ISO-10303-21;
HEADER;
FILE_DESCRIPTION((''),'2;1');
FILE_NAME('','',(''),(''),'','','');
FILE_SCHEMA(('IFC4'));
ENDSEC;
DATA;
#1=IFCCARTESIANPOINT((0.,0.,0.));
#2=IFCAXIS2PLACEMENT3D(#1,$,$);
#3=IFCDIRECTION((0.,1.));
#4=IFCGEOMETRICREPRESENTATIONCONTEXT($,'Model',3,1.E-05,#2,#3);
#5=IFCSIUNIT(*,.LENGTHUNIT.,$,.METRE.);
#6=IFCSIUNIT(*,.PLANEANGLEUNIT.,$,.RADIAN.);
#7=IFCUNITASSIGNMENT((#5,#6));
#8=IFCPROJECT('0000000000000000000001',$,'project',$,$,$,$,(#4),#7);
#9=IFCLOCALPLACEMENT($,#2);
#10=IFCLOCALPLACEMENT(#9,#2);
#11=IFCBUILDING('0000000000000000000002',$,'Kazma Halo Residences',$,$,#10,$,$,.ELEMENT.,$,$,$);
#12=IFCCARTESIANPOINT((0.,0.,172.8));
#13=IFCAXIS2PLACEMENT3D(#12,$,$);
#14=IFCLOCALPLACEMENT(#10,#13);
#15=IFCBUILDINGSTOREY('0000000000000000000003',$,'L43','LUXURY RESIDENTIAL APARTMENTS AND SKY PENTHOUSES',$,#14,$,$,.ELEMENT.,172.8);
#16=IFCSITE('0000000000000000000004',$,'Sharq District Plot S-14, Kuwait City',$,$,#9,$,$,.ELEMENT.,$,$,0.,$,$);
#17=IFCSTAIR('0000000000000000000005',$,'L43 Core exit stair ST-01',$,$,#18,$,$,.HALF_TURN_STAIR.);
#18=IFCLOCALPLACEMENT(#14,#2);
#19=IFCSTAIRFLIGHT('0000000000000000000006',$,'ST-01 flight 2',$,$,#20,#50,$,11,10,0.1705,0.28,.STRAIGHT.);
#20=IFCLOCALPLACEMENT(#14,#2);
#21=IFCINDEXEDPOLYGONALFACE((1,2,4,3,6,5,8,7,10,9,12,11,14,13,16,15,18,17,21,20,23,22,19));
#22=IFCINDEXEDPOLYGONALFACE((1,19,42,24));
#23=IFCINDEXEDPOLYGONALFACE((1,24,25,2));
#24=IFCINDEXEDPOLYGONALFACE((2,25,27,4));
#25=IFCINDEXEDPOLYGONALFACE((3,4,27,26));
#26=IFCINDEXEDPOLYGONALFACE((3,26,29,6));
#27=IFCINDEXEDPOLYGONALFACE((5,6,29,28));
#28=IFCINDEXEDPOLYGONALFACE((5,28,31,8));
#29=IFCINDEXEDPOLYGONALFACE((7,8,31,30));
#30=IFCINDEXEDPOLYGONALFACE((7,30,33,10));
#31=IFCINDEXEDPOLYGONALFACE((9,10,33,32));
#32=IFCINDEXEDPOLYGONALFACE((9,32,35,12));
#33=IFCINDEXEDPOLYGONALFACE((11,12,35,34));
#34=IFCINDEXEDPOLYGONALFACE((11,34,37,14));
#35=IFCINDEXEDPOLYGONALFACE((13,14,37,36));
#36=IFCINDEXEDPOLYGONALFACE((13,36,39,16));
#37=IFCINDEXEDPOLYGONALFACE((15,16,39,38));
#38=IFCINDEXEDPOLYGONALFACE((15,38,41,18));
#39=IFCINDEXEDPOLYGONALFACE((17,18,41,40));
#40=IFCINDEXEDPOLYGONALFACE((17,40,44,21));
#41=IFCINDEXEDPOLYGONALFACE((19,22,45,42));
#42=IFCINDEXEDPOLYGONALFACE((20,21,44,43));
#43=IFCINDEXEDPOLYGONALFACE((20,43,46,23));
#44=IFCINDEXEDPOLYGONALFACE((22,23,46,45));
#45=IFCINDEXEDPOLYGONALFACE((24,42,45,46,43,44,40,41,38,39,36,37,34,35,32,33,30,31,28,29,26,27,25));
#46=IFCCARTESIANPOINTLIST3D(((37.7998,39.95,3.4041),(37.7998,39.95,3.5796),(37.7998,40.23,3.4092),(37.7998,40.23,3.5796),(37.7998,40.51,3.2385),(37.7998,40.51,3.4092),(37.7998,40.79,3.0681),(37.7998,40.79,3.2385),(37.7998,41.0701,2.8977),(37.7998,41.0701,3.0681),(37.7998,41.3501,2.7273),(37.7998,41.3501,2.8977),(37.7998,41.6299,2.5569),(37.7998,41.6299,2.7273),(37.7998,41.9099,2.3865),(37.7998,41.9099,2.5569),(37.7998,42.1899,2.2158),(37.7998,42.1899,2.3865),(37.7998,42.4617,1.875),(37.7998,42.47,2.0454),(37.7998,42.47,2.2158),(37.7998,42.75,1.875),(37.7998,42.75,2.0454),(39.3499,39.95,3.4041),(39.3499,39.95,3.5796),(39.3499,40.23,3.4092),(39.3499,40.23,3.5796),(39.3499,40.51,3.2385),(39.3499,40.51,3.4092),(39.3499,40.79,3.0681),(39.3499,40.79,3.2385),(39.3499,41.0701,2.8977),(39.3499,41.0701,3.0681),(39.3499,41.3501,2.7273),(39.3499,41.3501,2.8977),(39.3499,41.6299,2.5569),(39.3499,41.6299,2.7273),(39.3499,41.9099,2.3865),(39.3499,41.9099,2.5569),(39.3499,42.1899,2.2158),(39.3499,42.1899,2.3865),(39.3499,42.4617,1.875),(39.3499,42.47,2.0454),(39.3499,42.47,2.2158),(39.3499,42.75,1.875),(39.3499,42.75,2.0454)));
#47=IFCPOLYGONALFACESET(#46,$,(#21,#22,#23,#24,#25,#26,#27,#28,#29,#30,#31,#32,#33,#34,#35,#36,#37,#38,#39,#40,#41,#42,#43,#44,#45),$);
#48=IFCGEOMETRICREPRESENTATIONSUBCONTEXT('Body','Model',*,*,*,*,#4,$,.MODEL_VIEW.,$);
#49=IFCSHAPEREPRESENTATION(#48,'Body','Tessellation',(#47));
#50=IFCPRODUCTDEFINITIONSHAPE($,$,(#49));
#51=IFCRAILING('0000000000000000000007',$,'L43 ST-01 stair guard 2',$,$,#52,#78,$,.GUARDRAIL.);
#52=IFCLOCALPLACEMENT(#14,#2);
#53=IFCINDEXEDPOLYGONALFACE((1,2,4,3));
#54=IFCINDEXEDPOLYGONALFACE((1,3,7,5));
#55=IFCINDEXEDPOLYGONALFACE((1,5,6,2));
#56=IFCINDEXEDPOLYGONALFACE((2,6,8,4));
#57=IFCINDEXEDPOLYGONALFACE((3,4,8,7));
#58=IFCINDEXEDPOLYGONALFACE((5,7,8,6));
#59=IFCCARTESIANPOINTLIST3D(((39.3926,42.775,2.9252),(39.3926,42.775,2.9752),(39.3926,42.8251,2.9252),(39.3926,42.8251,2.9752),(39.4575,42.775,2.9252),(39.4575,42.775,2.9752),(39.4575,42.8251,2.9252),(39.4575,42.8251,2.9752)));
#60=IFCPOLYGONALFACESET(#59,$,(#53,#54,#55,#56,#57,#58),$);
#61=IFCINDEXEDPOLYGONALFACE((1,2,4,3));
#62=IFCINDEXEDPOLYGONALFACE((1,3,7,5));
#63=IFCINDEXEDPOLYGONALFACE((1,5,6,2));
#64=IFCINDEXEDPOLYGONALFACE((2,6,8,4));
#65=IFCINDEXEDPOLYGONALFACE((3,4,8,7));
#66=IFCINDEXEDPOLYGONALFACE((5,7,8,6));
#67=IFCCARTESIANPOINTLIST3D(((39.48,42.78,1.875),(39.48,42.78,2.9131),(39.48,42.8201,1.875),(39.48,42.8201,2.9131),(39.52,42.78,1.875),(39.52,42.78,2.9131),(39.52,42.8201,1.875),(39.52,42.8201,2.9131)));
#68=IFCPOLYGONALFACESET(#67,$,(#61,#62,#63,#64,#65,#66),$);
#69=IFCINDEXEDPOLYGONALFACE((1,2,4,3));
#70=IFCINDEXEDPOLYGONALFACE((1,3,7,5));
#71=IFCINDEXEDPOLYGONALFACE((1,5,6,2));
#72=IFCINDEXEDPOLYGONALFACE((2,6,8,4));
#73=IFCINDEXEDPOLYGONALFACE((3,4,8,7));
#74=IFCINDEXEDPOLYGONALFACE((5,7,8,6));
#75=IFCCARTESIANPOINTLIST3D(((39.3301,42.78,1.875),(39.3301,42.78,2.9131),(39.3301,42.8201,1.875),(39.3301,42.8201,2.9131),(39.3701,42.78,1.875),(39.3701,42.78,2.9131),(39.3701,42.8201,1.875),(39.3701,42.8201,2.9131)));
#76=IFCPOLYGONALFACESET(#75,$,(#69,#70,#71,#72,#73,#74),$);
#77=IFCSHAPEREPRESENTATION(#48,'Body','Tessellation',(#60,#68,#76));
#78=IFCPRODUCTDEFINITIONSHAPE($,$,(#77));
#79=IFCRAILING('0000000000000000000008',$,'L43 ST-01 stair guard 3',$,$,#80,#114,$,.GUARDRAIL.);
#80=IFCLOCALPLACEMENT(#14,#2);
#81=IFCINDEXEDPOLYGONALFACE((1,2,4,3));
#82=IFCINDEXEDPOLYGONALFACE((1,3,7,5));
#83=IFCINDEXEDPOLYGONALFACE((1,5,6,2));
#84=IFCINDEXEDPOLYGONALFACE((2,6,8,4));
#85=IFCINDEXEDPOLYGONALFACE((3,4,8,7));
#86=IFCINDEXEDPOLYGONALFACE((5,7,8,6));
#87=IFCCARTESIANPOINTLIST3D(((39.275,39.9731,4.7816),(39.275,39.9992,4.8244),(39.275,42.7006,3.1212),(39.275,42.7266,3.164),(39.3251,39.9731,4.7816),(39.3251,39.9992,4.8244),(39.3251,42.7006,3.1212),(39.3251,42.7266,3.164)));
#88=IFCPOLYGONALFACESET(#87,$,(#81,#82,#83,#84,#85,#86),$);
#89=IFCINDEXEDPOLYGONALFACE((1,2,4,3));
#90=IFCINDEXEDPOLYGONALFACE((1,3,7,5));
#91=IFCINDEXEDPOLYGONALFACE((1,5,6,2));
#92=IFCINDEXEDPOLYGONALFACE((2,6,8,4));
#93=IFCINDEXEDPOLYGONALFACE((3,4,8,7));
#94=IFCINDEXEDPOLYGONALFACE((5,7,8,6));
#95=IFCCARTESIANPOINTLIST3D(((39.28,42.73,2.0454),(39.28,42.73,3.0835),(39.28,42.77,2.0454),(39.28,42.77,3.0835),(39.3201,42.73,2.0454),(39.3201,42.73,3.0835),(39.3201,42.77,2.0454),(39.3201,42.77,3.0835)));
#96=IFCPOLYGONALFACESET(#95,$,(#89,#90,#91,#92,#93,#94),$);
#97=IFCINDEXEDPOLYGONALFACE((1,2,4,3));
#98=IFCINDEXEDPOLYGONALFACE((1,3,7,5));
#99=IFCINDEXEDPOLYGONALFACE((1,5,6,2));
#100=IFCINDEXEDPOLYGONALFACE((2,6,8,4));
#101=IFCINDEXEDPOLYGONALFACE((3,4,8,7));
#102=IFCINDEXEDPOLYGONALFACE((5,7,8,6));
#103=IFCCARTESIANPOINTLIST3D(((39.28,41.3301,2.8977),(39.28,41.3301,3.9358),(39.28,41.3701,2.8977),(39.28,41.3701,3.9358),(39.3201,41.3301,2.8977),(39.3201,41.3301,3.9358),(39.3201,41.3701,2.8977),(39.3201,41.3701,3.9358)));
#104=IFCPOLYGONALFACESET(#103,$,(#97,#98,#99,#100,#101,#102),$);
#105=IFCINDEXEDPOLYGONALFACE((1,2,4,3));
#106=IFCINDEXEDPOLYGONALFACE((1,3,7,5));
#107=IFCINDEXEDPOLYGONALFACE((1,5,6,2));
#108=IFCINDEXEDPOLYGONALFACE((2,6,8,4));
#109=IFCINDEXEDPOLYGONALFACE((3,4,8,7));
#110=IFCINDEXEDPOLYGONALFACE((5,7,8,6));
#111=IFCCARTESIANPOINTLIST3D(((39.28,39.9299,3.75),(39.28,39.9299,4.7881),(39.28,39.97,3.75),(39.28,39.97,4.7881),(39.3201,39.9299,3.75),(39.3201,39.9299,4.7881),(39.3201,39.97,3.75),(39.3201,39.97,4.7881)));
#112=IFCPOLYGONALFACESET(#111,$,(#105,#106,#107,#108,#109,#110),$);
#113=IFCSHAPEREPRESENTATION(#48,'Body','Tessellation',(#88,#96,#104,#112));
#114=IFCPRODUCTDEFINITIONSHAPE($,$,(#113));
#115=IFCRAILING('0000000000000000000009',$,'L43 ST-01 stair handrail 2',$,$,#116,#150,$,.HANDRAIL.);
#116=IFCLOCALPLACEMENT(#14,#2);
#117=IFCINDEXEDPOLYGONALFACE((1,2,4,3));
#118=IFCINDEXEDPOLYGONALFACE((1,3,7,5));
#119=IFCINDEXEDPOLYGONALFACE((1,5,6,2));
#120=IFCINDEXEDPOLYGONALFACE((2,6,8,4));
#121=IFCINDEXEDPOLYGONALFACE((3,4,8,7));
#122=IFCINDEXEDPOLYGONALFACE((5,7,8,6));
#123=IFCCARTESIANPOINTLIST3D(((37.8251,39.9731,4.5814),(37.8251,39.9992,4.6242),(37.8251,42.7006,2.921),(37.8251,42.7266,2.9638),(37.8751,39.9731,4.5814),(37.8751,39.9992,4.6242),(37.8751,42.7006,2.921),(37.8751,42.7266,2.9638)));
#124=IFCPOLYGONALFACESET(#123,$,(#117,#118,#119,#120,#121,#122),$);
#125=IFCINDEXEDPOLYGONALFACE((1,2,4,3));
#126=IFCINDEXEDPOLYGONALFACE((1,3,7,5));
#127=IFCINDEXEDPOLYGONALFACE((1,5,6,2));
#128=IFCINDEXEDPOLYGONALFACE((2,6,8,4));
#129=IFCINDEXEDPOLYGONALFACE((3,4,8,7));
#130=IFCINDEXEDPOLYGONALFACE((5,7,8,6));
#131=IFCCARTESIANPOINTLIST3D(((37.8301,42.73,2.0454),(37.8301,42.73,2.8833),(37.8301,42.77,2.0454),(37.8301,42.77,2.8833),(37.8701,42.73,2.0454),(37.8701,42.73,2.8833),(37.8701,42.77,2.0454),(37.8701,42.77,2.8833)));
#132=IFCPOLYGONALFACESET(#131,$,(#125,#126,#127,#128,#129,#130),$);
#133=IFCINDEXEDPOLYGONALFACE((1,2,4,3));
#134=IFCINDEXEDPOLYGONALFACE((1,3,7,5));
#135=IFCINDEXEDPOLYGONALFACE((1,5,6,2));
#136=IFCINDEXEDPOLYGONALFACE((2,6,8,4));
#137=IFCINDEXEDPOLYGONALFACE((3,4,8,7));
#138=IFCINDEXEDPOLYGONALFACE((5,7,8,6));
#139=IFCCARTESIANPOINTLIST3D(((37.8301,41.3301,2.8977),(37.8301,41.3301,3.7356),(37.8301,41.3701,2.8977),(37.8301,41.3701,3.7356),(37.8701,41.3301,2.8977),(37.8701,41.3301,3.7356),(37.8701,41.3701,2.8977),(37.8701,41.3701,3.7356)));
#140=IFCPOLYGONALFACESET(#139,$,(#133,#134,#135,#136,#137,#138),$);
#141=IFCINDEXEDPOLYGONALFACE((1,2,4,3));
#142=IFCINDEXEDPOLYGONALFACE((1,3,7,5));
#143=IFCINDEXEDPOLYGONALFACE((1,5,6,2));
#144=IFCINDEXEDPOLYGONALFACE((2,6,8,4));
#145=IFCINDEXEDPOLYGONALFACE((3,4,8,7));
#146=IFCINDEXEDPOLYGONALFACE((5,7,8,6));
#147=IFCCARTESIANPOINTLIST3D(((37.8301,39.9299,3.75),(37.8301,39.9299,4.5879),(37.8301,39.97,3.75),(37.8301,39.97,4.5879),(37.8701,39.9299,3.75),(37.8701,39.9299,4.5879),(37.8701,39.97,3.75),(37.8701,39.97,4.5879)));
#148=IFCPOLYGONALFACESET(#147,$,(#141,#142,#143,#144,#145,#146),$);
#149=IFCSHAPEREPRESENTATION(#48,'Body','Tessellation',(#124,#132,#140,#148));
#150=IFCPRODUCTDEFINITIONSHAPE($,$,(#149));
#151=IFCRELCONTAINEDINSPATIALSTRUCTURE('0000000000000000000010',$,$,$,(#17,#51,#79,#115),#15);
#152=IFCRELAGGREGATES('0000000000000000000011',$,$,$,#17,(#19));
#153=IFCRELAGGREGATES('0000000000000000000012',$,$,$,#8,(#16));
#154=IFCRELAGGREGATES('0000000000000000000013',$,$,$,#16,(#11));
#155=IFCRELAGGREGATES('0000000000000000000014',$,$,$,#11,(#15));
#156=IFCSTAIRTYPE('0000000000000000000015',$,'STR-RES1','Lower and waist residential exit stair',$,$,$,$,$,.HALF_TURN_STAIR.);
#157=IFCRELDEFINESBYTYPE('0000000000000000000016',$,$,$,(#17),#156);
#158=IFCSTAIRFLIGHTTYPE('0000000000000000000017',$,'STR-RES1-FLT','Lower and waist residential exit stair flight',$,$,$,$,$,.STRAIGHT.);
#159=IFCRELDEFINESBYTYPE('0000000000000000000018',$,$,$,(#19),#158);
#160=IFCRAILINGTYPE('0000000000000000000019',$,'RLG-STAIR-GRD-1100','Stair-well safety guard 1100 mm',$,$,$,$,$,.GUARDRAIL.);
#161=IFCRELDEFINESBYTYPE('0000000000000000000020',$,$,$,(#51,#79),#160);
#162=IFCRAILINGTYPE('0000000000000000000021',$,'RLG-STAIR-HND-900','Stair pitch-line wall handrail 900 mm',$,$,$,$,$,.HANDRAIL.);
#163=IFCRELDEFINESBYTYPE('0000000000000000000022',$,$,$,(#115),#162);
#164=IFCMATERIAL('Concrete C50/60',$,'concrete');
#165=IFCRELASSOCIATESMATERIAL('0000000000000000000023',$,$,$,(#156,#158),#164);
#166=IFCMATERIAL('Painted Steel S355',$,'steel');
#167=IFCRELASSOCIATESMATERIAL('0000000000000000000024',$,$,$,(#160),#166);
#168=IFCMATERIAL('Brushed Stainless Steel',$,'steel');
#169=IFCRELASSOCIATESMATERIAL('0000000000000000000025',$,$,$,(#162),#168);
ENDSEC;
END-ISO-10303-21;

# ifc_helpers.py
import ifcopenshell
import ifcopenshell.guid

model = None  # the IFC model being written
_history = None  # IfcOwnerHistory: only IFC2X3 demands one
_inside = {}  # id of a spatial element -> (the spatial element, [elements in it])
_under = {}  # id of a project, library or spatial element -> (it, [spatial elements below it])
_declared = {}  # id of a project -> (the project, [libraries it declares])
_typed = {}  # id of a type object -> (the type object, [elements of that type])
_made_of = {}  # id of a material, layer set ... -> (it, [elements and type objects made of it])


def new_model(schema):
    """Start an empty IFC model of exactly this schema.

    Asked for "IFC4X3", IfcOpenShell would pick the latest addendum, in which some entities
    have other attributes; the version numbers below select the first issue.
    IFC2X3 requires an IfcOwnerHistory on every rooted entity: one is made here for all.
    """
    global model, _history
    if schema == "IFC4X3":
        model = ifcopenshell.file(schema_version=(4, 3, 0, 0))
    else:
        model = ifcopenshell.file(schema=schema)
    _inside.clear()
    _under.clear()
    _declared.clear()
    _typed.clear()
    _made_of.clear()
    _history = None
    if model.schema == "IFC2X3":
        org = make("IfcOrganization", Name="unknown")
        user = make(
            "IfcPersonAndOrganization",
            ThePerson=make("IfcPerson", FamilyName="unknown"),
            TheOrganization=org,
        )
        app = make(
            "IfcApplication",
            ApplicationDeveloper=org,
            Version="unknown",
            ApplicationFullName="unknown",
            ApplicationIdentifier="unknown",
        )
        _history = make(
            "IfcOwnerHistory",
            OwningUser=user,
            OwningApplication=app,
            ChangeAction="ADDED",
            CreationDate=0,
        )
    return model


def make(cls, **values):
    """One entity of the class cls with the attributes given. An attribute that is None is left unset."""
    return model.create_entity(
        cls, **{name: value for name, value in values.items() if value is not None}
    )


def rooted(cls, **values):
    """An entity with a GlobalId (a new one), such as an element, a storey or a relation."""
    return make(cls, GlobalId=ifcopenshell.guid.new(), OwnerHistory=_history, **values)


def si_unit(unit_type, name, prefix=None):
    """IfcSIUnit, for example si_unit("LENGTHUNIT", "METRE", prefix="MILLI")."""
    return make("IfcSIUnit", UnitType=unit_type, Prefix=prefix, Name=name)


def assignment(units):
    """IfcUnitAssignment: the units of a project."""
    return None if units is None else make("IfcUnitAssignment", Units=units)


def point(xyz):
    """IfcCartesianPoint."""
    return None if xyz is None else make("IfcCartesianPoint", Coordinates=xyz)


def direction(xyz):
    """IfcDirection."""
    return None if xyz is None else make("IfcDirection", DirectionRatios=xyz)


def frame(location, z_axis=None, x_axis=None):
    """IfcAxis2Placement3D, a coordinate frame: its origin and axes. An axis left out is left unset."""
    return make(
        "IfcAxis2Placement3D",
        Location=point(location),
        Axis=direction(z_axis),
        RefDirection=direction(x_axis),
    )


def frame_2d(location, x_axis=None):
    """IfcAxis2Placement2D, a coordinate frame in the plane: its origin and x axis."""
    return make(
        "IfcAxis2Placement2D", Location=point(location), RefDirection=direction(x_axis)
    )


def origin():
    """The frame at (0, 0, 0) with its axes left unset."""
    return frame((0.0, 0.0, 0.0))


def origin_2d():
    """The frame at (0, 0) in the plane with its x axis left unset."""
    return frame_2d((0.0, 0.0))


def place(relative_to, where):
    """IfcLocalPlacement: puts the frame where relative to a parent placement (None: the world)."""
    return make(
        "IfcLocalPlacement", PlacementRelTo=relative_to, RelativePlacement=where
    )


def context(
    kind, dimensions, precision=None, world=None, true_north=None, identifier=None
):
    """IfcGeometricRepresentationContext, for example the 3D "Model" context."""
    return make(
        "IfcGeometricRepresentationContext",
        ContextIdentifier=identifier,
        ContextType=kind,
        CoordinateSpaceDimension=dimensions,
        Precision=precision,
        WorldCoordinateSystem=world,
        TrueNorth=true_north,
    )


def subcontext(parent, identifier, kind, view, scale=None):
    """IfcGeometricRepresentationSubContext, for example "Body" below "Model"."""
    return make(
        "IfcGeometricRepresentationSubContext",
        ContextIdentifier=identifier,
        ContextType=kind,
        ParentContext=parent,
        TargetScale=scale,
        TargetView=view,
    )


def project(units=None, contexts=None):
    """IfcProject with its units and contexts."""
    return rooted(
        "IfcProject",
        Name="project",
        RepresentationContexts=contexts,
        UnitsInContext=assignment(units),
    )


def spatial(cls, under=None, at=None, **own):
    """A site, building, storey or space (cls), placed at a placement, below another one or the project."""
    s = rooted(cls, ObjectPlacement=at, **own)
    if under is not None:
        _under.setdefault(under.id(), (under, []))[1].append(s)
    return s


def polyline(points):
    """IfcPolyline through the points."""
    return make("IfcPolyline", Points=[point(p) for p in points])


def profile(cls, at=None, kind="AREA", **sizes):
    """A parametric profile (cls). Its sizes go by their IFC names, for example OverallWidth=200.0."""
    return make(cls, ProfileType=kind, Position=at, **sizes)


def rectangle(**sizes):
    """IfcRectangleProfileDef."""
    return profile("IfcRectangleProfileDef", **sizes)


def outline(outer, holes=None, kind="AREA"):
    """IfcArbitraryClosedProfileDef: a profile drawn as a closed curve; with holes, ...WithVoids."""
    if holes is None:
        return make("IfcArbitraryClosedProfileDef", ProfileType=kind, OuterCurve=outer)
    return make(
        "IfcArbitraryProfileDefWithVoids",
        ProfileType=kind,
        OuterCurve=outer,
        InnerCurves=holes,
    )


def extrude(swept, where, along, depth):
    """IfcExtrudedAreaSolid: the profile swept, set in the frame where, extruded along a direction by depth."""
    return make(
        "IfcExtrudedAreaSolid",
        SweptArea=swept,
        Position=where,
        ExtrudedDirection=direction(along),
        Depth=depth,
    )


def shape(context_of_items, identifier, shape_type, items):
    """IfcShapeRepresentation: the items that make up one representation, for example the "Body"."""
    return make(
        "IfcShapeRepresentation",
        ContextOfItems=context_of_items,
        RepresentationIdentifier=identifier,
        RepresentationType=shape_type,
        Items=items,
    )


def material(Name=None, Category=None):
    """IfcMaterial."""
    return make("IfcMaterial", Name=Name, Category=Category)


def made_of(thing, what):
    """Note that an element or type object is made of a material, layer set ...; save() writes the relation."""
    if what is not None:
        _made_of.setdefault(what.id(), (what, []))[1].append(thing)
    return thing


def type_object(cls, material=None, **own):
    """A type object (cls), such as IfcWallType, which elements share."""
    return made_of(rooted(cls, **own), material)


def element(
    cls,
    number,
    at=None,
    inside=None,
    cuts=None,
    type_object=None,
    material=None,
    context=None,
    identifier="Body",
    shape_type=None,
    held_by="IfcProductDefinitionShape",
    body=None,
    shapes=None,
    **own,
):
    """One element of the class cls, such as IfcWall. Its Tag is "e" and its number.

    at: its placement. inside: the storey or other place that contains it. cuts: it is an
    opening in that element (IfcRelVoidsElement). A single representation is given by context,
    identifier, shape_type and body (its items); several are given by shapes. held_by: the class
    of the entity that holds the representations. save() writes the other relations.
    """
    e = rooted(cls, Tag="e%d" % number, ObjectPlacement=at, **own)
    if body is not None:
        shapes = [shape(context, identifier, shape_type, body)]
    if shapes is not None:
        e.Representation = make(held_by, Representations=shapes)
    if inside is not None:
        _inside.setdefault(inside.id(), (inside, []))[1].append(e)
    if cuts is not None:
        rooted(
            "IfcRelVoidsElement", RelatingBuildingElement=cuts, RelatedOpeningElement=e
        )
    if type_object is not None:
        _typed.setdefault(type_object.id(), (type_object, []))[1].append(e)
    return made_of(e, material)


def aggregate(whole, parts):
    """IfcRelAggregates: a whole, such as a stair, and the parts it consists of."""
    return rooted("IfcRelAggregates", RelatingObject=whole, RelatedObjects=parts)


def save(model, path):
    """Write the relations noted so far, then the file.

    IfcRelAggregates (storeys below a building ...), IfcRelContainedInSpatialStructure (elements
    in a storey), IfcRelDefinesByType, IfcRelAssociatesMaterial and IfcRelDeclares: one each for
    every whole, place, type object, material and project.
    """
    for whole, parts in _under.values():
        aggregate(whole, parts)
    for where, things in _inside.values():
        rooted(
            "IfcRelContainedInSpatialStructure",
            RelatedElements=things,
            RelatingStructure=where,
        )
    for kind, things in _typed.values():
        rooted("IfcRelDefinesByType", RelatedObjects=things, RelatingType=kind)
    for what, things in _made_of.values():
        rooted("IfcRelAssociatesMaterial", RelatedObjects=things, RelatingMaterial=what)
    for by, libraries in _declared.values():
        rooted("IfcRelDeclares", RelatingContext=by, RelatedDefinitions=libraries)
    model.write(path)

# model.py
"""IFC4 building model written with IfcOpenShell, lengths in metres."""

from ifc_helpers import new_model, si_unit, direction, frame, origin, origin_2d, place, context, subcontext, project, spatial, polyline, rectangle, outline, extrude, material, type_object, element, aggregate, save


model = new_model("IFC4")

# Units and contexts
model_context = context("Model", 3, precision=1e-05, world=origin(), true_north=direction((0.0, 1.0)))
body_context = subcontext(model_context, "Body", "Model", "MODEL_VIEW")
ifc_project = project(units=[si_unit("LENGTHUNIT", "METRE"), si_unit("PLANEANGLEUNIT", "RADIAN")], contexts=[model_context])

# Site, building, storey
site_placement = place(None, origin())
site = spatial("IfcSite", under=ifc_project, at=site_placement, Name="Sharq District Plot S-14, Kuwait City", CompositionType="ELEMENT", RefElevation=0.0)
building_placement = place(site_placement, origin())
building = spatial("IfcBuilding", under=site, at=building_placement, Name="Kazma Halo Residences", CompositionType="ELEMENT")
storey_placement = place(building_placement, frame((0.0, 0.0, 172.8)))
storey = spatial("IfcBuildingStorey", under=building, at=storey_placement, Name="L43", Description="LUXURY RESIDENTIAL APARTMENTS AND SKY PENTHOUSES", CompositionType="ELEMENT", Elevation=172.8)

# Stair, stair flight
ifc_material_1 = material(Name="Concrete C50/60", Category="concrete")
stair_type = type_object("IfcStairType", Name="STR-RES1", Description="Lower and waist residential exit stair", PredefinedType="HALF_TURN_STAIR", material=ifc_material_1)
stair_placement = place(storey_placement, origin())
stair = element("IfcStair", 1, at=stair_placement, inside=storey, type_object=stair_type, Name="L43 Core exit stair ST-01", PredefinedType="HALF_TURN_STAIR")
stair_flight_type = type_object("IfcStairFlightType", Name="STR-RES1-FLT", Description="Lower and waist residential exit stair flight", PredefinedType="STRAIGHT", material=ifc_material_1)
stair_flight_placement = place(storey_placement, frame((38.575, 42.75, 1.875), z_axis=(0.0, 0.0, 1.0), x_axis=(0.0, -1.0, 0.0)))
stair_flight = element("IfcStairFlight", 2, at=stair_flight_placement, type_object=stair_flight_type, Name="ST-01 flight 2", NumberOfRisers=11, NumberOfTreads=10, PredefinedType="STRAIGHT", RiserHeight=0.1705, TreadLength=0.28, context=body_context, shape_type="SweptSolid", body=[
    extrude(outline(polyline([(0.0, 0.0), (0.0, 0.1704), (0.28, 0.1704), (0.28, 0.3408), (0.5601, 0.3408), (0.5601, 0.5115), (0.8401, 0.5115), (0.8401, 0.6819), (1.1201, 0.6819), (1.1201, 0.8523), (1.3999, 0.8523), (1.3999, 1.0227), (1.6799, 1.0227), (1.6799, 1.1931), (1.96, 1.1931), (1.96, 1.3635), (2.24, 1.3635), (2.24, 1.5342), (2.52, 1.5342), (2.52, 1.7046), (2.8, 1.7046), (2.8, 1.875), (2.8, 1.5291), (0.2883, 0.0), (0.0, 0.0)])), frame((0.0, 0.7749, 0.0), z_axis=(0.0, -1.0, 0.0), x_axis=(1.0, 0.0, 0.0)), (0.0, 0.0, 1.0), 1.55),
])
aggregate(stair, [stair_flight])

# Railings
ifc_material_2 = material(Name="Painted Steel S355", Category="steel")
railing_type_1 = type_object("IfcRailingType", Name="RLG-STAIR-GRD-1100", Description="Stair-well safety guard 1100 mm", PredefinedType="GUARDRAIL", material=ifc_material_2)
railing_1_placement = place(storey_placement, frame((39.5, 42.8, 1.875)))
element("IfcRailing", 3, at=railing_1_placement, inside=storey, type_object=railing_type_1, Name="L43 ST-01 stair guard 2", PredefinedType="GUARDRAIL", context=body_context, shape_type="SweptSolid", body=[
    extrude(rectangle(XDim=0.05, YDim=0.05, at=origin_2d()), frame((-0.0425, 0.0, 1.0752), z_axis=(-1.0, 0.0, 0.0), x_axis=(0.0, -1.0, 0.0)), (0.0, 0.0, 1.0), 0.0649),
    extrude(rectangle(XDim=0.04, YDim=0.04, at=origin_2d()), origin(), (0.0, 0.0, 1.0), 1.0381),
    extrude(rectangle(XDim=0.04, YDim=0.04, at=origin_2d()), frame((-0.1499, 0.0, 0.0)), (0.0, 0.0, 1.0), 1.0381),
])
railing_2_placement = place(storey_placement, frame((39.3, 42.75, 2.0454)))
element("IfcRailing", 4, at=railing_2_placement, inside=storey, type_object=railing_type_1, Name="L43 ST-01 stair guard 3", PredefinedType="GUARDRAIL", context=body_context, shape_type="SweptSolid", body=[
    extrude(rectangle(XDim=0.05, YDim=0.05, at=origin_2d()), frame((0.0, -0.0364, 1.0972), z_axis=(0.0, -0.85417, 0.519994), x_axis=(1.0, 0.0, 0.0)), (0.0, 0.0, 1.0), 3.1931),
    extrude(rectangle(XDim=0.04, YDim=0.04, at=origin_2d()), origin(), (0.0, 0.0, 1.0), 1.0381),
    extrude(rectangle(XDim=0.04, YDim=0.04, at=origin_2d()), frame((0.0, -1.3999, 0.8523)), (0.0, 0.0, 1.0), 1.0381),
    extrude(rectangle(XDim=0.04, YDim=0.04, at=origin_2d()), frame((0.0, -2.8, 1.7046)), (0.0, 0.0, 1.0), 1.0381),
])
ifc_material_3 = material(Name="Brushed Stainless Steel", Category="steel")
railing_type_2 = type_object("IfcRailingType", Name="RLG-STAIR-HND-900", Description="Stair pitch-line wall handrail 900 mm", PredefinedType="HANDRAIL", material=ifc_material_3)
railing_3_placement = place(storey_placement, frame((37.8501, 42.75, 2.0454)))
element("IfcRailing", 5, at=railing_3_placement, inside=storey, type_object=railing_type_2, Name="L43 ST-01 stair handrail 2", PredefinedType="HANDRAIL", context=body_context, shape_type="SweptSolid", body=[
    extrude(rectangle(XDim=0.05, YDim=0.05, at=origin_2d()), frame((0.0, -0.0364, 0.897), z_axis=(0.0, -0.85417, 0.519994), x_axis=(1.0, 0.0, 0.0)), (0.0, 0.0, 1.0), 3.1931),
    extrude(rectangle(XDim=0.04, YDim=0.04, at=origin_2d()), origin(), (0.0, 0.0, 1.0), 0.8379),
    extrude(rectangle(XDim=0.04, YDim=0.04, at=origin_2d()), frame((0.0, -1.3999, 0.8523)), (0.0, 0.0, 1.0), 0.8379),
    extrude(rectangle(XDim=0.04, YDim=0.04, at=origin_2d()), frame((0.0, -2.8, 1.7046)), (0.0, 0.0, 1.0), 0.8379),
])

save(model, "model.ifc")
